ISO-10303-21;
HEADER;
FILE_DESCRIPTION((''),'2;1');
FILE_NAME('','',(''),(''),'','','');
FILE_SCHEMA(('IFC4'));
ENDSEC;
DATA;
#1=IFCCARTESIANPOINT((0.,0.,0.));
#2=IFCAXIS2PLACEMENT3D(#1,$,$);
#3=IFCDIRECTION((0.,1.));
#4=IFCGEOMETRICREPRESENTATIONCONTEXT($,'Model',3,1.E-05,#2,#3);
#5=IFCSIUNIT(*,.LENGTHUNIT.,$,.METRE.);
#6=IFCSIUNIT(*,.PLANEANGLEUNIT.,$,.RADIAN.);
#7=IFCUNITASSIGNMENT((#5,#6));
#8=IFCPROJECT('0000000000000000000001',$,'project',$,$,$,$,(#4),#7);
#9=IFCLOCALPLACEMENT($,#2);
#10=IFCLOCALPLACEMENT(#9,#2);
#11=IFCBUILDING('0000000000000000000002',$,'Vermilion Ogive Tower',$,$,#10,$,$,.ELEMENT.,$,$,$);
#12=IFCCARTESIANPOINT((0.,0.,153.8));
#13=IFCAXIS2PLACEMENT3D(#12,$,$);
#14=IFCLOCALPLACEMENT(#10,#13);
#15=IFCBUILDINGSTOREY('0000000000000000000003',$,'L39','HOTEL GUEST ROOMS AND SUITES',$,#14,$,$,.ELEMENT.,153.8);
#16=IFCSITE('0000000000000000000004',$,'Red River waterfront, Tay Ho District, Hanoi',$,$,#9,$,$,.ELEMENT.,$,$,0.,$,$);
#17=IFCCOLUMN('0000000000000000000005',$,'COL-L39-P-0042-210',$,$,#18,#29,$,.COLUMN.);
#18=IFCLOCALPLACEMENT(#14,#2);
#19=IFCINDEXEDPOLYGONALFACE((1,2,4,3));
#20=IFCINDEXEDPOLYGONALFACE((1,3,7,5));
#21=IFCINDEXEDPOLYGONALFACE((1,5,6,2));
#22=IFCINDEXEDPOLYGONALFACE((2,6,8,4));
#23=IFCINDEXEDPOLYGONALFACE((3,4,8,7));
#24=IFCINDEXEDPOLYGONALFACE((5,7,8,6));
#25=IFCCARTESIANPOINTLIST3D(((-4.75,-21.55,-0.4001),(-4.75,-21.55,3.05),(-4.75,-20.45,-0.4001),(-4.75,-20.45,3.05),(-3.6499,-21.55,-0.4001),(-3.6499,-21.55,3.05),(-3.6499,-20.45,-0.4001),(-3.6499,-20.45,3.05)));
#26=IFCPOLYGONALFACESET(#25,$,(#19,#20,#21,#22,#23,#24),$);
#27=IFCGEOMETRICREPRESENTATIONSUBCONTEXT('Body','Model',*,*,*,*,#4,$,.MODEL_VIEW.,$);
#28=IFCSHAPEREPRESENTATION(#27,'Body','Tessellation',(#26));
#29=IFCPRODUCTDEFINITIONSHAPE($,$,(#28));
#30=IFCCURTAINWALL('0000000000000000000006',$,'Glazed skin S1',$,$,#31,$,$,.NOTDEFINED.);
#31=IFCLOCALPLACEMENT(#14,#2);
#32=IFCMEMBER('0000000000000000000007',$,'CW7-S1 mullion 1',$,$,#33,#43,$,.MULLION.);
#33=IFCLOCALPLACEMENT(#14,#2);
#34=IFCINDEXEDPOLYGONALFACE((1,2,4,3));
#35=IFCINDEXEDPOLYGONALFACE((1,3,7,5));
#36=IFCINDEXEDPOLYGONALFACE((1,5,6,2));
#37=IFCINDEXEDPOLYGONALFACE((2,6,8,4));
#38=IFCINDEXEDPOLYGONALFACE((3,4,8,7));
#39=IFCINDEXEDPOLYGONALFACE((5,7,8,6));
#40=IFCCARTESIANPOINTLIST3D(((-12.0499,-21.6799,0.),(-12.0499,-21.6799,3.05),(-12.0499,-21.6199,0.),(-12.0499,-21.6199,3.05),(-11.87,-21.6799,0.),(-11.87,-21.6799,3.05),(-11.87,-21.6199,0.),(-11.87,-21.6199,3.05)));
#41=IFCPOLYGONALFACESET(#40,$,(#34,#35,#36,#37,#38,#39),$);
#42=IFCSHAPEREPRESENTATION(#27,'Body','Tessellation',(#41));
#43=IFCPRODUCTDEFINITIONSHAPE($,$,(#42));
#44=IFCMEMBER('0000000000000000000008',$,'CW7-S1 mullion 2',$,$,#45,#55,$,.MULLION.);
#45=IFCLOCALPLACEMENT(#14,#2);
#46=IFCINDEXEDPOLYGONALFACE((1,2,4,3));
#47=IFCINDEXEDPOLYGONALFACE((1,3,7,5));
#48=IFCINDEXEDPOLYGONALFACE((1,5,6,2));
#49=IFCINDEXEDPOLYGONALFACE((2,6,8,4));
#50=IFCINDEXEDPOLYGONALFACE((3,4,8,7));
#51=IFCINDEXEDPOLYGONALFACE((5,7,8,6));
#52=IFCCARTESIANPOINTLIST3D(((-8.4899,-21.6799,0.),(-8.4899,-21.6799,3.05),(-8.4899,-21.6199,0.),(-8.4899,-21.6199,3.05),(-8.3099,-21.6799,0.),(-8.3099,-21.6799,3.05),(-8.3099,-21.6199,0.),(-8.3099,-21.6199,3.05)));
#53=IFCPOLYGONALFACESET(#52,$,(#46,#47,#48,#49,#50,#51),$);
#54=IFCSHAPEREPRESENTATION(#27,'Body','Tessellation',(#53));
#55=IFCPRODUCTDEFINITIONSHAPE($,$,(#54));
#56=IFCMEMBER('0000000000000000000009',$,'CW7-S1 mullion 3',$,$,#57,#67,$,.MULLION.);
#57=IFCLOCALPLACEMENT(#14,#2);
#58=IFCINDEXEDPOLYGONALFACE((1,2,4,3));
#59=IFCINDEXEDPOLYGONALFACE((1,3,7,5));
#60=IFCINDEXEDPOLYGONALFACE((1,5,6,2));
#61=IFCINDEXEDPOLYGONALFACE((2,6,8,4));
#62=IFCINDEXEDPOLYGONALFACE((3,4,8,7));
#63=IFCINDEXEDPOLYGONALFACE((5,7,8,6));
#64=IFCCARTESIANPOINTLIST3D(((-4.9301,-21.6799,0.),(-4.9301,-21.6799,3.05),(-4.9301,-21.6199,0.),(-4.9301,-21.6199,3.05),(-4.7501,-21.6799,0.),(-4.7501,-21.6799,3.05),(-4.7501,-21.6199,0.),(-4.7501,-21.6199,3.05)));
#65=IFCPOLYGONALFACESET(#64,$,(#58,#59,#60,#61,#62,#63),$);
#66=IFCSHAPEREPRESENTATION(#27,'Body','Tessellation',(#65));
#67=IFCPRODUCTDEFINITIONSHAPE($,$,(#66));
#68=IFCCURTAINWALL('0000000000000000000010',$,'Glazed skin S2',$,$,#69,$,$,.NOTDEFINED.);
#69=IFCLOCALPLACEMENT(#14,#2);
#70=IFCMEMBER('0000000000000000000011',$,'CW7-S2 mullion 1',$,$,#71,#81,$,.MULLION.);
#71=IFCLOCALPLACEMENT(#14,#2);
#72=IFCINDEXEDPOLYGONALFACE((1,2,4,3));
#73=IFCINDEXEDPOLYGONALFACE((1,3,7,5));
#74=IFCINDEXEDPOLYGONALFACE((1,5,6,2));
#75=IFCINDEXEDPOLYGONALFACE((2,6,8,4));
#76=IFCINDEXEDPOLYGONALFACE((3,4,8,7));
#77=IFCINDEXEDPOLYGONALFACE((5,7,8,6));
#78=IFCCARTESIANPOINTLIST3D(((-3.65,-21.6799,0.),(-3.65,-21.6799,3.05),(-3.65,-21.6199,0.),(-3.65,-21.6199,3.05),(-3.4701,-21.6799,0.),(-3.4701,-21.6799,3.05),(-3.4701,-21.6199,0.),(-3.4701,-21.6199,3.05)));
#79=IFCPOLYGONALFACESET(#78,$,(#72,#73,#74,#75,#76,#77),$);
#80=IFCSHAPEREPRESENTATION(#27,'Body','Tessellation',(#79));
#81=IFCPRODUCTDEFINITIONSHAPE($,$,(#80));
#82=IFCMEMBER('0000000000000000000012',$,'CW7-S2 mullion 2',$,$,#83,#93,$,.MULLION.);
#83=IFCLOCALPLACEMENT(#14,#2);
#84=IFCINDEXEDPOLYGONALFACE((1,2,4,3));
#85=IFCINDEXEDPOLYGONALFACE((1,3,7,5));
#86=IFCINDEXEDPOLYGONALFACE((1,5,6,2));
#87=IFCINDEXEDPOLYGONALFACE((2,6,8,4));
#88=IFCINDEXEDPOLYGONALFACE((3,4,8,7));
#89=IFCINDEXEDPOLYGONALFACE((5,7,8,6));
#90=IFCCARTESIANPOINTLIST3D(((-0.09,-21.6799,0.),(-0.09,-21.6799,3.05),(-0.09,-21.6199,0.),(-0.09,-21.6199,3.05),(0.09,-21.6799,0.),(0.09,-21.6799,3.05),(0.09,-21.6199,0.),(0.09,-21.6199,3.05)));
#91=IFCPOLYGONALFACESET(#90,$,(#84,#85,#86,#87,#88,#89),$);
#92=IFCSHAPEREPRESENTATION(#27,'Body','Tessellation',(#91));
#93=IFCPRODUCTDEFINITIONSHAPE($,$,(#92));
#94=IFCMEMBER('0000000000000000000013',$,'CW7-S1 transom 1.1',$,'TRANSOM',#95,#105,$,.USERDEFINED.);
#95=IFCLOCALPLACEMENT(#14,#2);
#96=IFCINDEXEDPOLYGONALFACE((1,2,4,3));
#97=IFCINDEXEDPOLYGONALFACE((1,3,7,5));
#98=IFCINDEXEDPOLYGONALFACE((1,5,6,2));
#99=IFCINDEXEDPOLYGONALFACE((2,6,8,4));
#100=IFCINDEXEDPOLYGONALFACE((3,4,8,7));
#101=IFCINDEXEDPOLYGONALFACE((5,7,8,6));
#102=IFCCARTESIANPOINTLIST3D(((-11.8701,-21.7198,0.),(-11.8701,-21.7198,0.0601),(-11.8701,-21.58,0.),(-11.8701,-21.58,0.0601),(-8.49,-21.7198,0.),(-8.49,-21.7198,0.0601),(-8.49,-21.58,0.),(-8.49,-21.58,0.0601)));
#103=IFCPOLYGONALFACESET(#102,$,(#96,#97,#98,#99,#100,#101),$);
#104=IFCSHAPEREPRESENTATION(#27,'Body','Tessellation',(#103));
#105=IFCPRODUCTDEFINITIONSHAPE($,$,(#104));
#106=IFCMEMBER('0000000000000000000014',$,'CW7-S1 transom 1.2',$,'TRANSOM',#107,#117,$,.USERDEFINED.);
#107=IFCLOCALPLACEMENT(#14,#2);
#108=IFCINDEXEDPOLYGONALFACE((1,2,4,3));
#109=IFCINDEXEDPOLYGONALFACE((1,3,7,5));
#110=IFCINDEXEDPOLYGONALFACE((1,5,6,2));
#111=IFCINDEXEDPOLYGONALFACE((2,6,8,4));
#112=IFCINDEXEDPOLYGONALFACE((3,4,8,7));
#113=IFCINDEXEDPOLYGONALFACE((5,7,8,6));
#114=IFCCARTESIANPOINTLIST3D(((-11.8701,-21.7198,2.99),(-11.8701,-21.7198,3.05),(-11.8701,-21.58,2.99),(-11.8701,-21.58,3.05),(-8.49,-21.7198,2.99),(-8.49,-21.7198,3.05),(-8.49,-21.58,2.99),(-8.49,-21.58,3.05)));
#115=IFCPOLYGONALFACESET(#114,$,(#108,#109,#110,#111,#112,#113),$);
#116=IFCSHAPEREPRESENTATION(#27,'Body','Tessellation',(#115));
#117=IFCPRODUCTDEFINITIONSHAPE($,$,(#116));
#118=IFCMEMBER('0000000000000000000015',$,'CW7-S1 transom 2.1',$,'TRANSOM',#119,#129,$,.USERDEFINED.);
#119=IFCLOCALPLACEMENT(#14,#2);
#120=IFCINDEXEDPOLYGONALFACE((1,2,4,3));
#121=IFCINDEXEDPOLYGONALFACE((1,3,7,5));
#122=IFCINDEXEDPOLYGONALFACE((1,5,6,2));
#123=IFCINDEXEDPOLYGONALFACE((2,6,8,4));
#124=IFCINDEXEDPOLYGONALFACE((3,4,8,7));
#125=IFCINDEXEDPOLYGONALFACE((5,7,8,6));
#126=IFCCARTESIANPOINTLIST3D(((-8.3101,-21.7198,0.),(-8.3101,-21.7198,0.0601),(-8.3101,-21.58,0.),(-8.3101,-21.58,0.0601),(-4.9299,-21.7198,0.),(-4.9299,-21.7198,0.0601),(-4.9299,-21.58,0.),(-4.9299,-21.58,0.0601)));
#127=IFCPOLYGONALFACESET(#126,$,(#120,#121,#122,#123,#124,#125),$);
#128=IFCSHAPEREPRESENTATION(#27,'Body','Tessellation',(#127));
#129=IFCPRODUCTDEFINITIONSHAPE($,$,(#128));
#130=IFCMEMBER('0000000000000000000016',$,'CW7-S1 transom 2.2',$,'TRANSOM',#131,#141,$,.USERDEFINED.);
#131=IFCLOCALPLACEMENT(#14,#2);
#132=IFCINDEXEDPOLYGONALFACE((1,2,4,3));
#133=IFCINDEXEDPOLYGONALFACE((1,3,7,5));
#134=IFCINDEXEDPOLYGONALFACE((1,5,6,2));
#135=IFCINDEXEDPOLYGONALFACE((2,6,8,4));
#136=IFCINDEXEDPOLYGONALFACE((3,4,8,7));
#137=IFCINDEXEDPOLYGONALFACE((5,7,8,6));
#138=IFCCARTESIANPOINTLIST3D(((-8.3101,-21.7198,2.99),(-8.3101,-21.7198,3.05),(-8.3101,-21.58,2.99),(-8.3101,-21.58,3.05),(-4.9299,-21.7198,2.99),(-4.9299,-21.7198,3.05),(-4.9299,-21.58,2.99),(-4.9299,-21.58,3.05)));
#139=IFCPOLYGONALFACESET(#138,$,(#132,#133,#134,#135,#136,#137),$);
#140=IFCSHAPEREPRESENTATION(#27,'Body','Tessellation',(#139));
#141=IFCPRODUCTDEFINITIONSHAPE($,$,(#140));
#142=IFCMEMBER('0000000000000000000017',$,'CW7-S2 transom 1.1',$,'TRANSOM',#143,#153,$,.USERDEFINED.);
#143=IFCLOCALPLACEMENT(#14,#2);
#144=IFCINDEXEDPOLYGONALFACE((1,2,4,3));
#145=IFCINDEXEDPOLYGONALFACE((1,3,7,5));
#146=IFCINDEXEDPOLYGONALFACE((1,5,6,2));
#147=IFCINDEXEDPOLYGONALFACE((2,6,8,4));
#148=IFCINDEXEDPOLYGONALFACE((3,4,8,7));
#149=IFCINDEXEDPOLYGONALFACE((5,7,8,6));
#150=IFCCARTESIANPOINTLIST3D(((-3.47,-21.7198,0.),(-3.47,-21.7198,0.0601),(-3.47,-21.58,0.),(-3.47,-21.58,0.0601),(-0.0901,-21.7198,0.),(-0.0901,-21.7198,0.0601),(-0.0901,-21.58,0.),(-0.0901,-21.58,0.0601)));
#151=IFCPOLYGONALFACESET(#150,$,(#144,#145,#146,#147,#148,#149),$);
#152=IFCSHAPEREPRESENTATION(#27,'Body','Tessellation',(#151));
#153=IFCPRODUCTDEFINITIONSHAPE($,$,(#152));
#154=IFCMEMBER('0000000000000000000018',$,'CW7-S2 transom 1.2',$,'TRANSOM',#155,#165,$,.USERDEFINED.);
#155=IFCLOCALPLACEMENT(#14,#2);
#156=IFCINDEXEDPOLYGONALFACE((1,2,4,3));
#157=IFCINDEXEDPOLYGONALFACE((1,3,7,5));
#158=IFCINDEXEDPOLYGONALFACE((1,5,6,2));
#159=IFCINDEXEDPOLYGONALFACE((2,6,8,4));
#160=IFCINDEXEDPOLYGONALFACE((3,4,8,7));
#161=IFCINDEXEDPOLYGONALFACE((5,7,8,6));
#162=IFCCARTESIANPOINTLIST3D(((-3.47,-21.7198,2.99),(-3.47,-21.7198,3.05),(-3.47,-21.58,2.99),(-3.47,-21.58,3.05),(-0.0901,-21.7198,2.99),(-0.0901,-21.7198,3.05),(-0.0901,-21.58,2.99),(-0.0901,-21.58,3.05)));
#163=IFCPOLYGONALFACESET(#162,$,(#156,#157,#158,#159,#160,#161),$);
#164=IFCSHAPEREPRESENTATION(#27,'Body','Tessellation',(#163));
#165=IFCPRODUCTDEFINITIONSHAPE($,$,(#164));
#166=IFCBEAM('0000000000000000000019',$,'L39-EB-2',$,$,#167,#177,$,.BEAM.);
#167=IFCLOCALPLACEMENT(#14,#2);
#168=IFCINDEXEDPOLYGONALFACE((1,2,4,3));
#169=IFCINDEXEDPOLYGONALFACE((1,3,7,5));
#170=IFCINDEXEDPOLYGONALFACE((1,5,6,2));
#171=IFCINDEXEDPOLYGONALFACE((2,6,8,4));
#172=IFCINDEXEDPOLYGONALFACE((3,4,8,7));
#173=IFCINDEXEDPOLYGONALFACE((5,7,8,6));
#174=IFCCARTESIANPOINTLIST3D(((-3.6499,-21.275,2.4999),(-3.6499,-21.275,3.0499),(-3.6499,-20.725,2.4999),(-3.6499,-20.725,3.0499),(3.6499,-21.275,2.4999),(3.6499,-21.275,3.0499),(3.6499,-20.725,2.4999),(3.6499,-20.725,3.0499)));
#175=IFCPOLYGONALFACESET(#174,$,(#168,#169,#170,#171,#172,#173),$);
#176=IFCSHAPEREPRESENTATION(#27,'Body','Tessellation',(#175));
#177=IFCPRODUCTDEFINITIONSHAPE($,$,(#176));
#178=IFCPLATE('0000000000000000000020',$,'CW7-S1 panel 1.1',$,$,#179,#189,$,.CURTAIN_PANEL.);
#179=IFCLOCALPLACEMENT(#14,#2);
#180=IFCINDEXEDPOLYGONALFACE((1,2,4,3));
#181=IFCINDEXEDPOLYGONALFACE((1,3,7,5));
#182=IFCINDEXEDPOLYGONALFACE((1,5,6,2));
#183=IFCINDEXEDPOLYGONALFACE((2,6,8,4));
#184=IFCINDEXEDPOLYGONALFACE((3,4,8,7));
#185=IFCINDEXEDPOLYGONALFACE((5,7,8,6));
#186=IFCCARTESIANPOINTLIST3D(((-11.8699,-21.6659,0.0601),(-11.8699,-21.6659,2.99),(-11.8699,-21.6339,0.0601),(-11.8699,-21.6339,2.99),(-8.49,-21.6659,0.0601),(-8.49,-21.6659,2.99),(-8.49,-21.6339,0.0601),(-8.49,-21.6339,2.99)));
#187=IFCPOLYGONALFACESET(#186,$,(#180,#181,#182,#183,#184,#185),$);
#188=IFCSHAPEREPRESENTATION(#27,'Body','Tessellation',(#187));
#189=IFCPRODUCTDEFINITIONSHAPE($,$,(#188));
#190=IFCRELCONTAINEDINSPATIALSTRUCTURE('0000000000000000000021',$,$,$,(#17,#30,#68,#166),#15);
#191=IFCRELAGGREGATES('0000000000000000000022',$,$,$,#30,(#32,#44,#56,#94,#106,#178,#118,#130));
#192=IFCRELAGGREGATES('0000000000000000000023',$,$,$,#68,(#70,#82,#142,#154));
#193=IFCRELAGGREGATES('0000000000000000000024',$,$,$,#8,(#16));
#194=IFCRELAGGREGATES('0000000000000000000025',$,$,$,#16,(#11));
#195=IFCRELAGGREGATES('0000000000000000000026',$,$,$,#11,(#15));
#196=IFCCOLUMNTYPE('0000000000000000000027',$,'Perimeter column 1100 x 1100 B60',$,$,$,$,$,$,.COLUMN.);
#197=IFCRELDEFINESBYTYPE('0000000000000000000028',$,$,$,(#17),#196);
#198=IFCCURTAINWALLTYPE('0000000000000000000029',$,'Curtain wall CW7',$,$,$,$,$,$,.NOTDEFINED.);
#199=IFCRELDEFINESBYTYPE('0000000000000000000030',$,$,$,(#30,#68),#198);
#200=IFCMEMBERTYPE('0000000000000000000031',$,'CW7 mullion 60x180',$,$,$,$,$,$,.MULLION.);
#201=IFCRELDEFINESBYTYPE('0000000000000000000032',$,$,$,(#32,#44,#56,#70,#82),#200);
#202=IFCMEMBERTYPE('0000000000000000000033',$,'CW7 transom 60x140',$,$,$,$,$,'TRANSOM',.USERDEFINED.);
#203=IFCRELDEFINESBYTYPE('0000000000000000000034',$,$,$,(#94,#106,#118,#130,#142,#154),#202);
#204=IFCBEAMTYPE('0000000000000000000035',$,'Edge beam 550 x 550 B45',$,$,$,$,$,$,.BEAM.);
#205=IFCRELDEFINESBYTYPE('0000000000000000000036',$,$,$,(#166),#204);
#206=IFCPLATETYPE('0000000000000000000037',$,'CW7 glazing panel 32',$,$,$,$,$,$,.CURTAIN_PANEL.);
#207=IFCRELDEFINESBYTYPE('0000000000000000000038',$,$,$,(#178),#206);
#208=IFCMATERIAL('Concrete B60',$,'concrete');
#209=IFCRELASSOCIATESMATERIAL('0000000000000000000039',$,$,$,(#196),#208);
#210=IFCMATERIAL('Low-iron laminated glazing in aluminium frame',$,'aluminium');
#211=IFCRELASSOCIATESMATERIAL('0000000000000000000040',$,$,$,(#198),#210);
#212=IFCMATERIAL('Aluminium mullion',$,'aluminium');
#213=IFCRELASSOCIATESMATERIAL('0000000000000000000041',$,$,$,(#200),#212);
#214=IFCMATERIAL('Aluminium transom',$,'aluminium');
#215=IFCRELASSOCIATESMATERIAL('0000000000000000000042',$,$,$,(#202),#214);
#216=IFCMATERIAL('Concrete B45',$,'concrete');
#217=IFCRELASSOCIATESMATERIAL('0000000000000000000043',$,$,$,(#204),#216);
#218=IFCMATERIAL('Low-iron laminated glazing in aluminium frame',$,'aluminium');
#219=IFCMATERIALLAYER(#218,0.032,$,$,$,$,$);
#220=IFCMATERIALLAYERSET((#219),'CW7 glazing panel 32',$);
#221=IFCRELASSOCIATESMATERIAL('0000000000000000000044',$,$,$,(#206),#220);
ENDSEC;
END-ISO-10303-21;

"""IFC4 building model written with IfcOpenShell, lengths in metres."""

from ifc_helpers import new_model, si_unit, direction, frame, origin, origin_2d, place, context, subcontext, project, spatial, rectangle, extrude, material, layer, layer_set, material_profile, profile_set, type_object, element, aggregate, save


model = new_model("IFC4")

# Units and contexts
model_context = context("Model", 3, precision=1e-05, world=origin(), true_north=direction((0.0, 1.0)))
body_context = subcontext(model_context, "Body", "Model", "MODEL_VIEW")
ifc_project = project(units=[si_unit("LENGTHUNIT", "METRE"), si_unit("PLANEANGLEUNIT", "RADIAN")], contexts=[model_context])

# Site, building, storey
site_placement = place(None, origin())
site = spatial("IfcSite", under=ifc_project, at=site_placement, Name="Red River waterfront, Tay Ho District, Hanoi", CompositionType="ELEMENT", RefElevation=0.0)
building_placement = place(site_placement, origin())
building = spatial("IfcBuilding", under=site, at=building_placement, Name="Vermilion Ogive Tower", CompositionType="ELEMENT")
storey_placement = place(building_placement, frame((0.0, 0.0, 153.8)))
storey = spatial("IfcBuildingStorey", under=building, at=storey_placement, Name="L39", Description="HOTEL GUEST ROOMS AND SUITES", CompositionType="ELEMENT", Elevation=153.8)

# Column
ifc_material_1 = material(Name="Concrete B60", Category="concrete")
ifc_material_profile_1 = material_profile(ifc_material_1, rectangle(XDim=1.1001, YDim=1.1001, at=origin_2d()), Name="1100 x 1100")
ifc_profile_set_1 = profile_set([ifc_material_profile_1], Name="Concrete B60")
column_type = type_object("IfcColumnType", Name="Perimeter column 1100 x 1100 B60", PredefinedType="COLUMN", material=ifc_profile_set_1)
column_placement = place(storey_placement, frame((-4.2, -21.0, -0.4001), z_axis=(0.0, 0.0, 1.0), x_axis=(1.0, 0.0, 0.0)))
element("IfcColumn", 1, at=column_placement, inside=storey, type_object=column_type, Name="COL-L39-P-0042-210", PredefinedType="COLUMN", context=body_context, shape_type="SweptSolid", body=[
    extrude(rectangle(XDim=1.1001, YDim=1.1001, at=origin_2d()), origin(), (0.0, 0.0, 1.0), 3.4502),
])

# Curtain walls, members
ifc_material_2 = material(Name="Low-iron laminated glazing in aluminium frame", Category="aluminium")
curtain_wall_type = type_object("IfcCurtainWallType", Name="Curtain wall CW7", PredefinedType="NOTDEFINED", material=ifc_material_2)
curtain_wall_1_placement = place(storey_placement, origin())
curtain_wall_1 = element("IfcCurtainWall", 2, at=curtain_wall_1_placement, inside=storey, type_object=curtain_wall_type, Name="Glazed skin S1", PredefinedType="NOTDEFINED")
ifc_material_3 = material(Name="Aluminium mullion", Category="aluminium")
ifc_material_profile_2 = material_profile(ifc_material_3, rectangle(XDim=0.0601, YDim=0.1799, at=origin_2d()), Name="AL 60x180")
ifc_profile_set_2 = profile_set([ifc_material_profile_2], Name="Aluminium mullion")
member_type_1 = type_object("IfcMemberType", Name="CW7 mullion 60x180", PredefinedType="MULLION", material=ifc_profile_set_2)
member_1_placement = place(storey_placement, frame((-11.96, -21.6499, 0.0), z_axis=(0.0, 0.0, 1.0), x_axis=(0.0, 1.0, 0.0)))
member_1 = element("IfcMember", 3, at=member_1_placement, type_object=member_type_1, Name="CW7-S1 mullion 1", PredefinedType="MULLION", context=body_context, shape_type="SweptSolid", body=[
    extrude(rectangle(XDim=0.0601, YDim=0.1799, at=origin_2d()), origin(), (0.0, 0.0, 1.0), 3.05),
])
member_2_placement = place(storey_placement, frame((-8.3999, -21.6499, 0.0), z_axis=(0.0, 0.0, 1.0), x_axis=(0.0, 1.0, 0.0)))
member_2 = element("IfcMember", 4, at=member_2_placement, type_object=member_type_1, Name="CW7-S1 mullion 2", PredefinedType="MULLION", context=body_context, shape_type="SweptSolid", body=[
    extrude(rectangle(XDim=0.0601, YDim=0.1799, at=origin_2d()), origin(), (0.0, 0.0, 1.0), 3.05),
])
member_3_placement = place(storey_placement, frame((-4.8401, -21.6499, 0.0), z_axis=(0.0, 0.0, 1.0), x_axis=(0.0, 1.0, 0.0)))
member_3 = element("IfcMember", 5, at=member_3_placement, type_object=member_type_1, Name="CW7-S1 mullion 3", PredefinedType="MULLION", context=body_context, shape_type="SweptSolid", body=[
    extrude(rectangle(XDim=0.0601, YDim=0.1799, at=origin_2d()), origin(), (0.0, 0.0, 1.0), 3.05),
])
curtain_wall_2_placement = place(storey_placement, origin())
curtain_wall_2 = element("IfcCurtainWall", 6, at=curtain_wall_2_placement, inside=storey, type_object=curtain_wall_type, Name="Glazed skin S2", PredefinedType="NOTDEFINED")
member_4_placement = place(storey_placement, frame((-3.5601, -21.6499, 0.0), z_axis=(0.0, 0.0, 1.0), x_axis=(0.0, 1.0, 0.0)))
member_4 = element("IfcMember", 7, at=member_4_placement, type_object=member_type_1, Name="CW7-S2 mullion 1", PredefinedType="MULLION", context=body_context, shape_type="SweptSolid", body=[
    extrude(rectangle(XDim=0.0601, YDim=0.1799, at=origin_2d()), origin(), (0.0, 0.0, 1.0), 3.05),
])
member_5_placement = place(storey_placement, frame((0.0, -21.6499, 0.0), z_axis=(0.0, 0.0, 1.0), x_axis=(0.0, 1.0, 0.0)))
member_5 = element("IfcMember", 8, at=member_5_placement, type_object=member_type_1, Name="CW7-S2 mullion 2", PredefinedType="MULLION", context=body_context, shape_type="SweptSolid", body=[
    extrude(rectangle(XDim=0.0601, YDim=0.1799, at=origin_2d()), origin(), (0.0, 0.0, 1.0), 3.05),
])

# Members
ifc_material_4 = material(Name="Aluminium transom", Category="aluminium")
ifc_material_profile_3 = material_profile(ifc_material_4, rectangle(XDim=0.1399, YDim=0.0601, at=origin_2d()), Name="AL 60x140")
ifc_profile_set_3 = profile_set([ifc_material_profile_3], Name="Aluminium transom")
member_type_2 = type_object("IfcMemberType", Name="CW7 transom 60x140", ElementType="TRANSOM", PredefinedType="USERDEFINED", material=ifc_profile_set_3)
member_6_placement = place(storey_placement, frame((-11.8701, -21.6499, 0.03), z_axis=(1.0, 0.0, 0.0), x_axis=(0.0, 1.0, 0.0)))
member_6 = element("IfcMember", 9, at=member_6_placement, type_object=member_type_2, Name="CW7-S1 transom 1.1", ObjectType="TRANSOM", PredefinedType="USERDEFINED", context=body_context, shape_type="SweptSolid", body=[
    extrude(rectangle(XDim=0.1399, YDim=0.0601, at=origin_2d()), origin(), (0.0, 0.0, 1.0), 3.3801),
])
member_7_placement = place(storey_placement, frame((-11.8701, -21.6499, 3.02), z_axis=(1.0, 0.0, 0.0), x_axis=(0.0, 1.0, 0.0)))
member_7 = element("IfcMember", 10, at=member_7_placement, type_object=member_type_2, Name="CW7-S1 transom 1.2", ObjectType="TRANSOM", PredefinedType="USERDEFINED", context=body_context, shape_type="SweptSolid", body=[
    extrude(rectangle(XDim=0.1399, YDim=0.0601, at=origin_2d()), origin(), (0.0, 0.0, 1.0), 3.3801),
])
member_8_placement = place(storey_placement, frame((-8.3101, -21.6499, 0.03), z_axis=(1.0, 0.0, 0.0), x_axis=(0.0, 1.0, 0.0)))
member_8 = element("IfcMember", 11, at=member_8_placement, type_object=member_type_2, Name="CW7-S1 transom 2.1", ObjectType="TRANSOM", PredefinedType="USERDEFINED", context=body_context, shape_type="SweptSolid", body=[
    extrude(rectangle(XDim=0.1399, YDim=0.0601, at=origin_2d()), origin(), (0.0, 0.0, 1.0), 3.3801),
])
member_9_placement = place(storey_placement, frame((-8.3101, -21.6499, 3.02), z_axis=(1.0, 0.0, 0.0), x_axis=(0.0, 1.0, 0.0)))
member_9 = element("IfcMember", 12, at=member_9_placement, type_object=member_type_2, Name="CW7-S1 transom 2.2", ObjectType="TRANSOM", PredefinedType="USERDEFINED", context=body_context, shape_type="SweptSolid", body=[
    extrude(rectangle(XDim=0.1399, YDim=0.0601, at=origin_2d()), origin(), (0.0, 0.0, 1.0), 3.3801),
])
member_10_placement = place(storey_placement, frame((-3.47, -21.6499, 0.03), z_axis=(1.0, 0.0, 0.0), x_axis=(0.0, 1.0, 0.0)))
member_10 = element("IfcMember", 13, at=member_10_placement, type_object=member_type_2, Name="CW7-S2 transom 1.1", ObjectType="TRANSOM", PredefinedType="USERDEFINED", context=body_context, shape_type="SweptSolid", body=[
    extrude(rectangle(XDim=0.1399, YDim=0.0601, at=origin_2d()), origin(), (0.0, 0.0, 1.0), 3.3799),
])
member_11_placement = place(storey_placement, frame((-3.47, -21.6499, 3.02), z_axis=(1.0, 0.0, 0.0), x_axis=(0.0, 1.0, 0.0)))
member_11 = element("IfcMember", 14, at=member_11_placement, type_object=member_type_2, Name="CW7-S2 transom 1.2", ObjectType="TRANSOM", PredefinedType="USERDEFINED", context=body_context, shape_type="SweptSolid", body=[
    extrude(rectangle(XDim=0.1399, YDim=0.0601, at=origin_2d()), origin(), (0.0, 0.0, 1.0), 3.3799),
])

# Beam
ifc_material_5 = material(Name="Concrete B45", Category="concrete")
ifc_material_profile_4 = material_profile(ifc_material_5, rectangle(XDim=0.55, YDim=0.55, at=origin_2d()), Name="550 x 550")
ifc_profile_set_4 = profile_set([ifc_material_profile_4], Name="Concrete B45")
beam_type = type_object("IfcBeamType", Name="Edge beam 550 x 550 B45", PredefinedType="BEAM", material=ifc_profile_set_4)
beam_placement = place(storey_placement, frame((-3.6499, -21.0, 2.7749), z_axis=(1.0, 0.0, 0.0), x_axis=(0.0, 1.0, 0.0)))
element("IfcBeam", 15, at=beam_placement, inside=storey, type_object=beam_type, Name="L39-EB-2", PredefinedType="BEAM", context=body_context, shape_type="SweptSolid", body=[
    extrude(rectangle(XDim=0.55, YDim=0.55, at=origin_2d()), origin(), (0.0, 0.0, 1.0), 7.2998),
])

# Plate
ifc_material_6 = material(Name="Low-iron laminated glazing in aluminium frame", Category="aluminium")
ifc_layer_1 = layer(ifc_material_6, 0.032)
ifc_layer_set_1 = layer_set([ifc_layer_1], Name="CW7 glazing panel 32")
plate_type = type_object("IfcPlateType", Name="CW7 glazing panel 32", PredefinedType="CURTAIN_PANEL", material=ifc_layer_set_1)
plate_1_placement = place(storey_placement, frame((-10.1799, -21.6499, 0.0601), z_axis=(0.0, 0.0, 1.0), x_axis=(1.0, 0.0, 0.0)))
plate_1 = element("IfcPlate", 16, at=plate_1_placement, type_object=plate_type, Name="CW7-S1 panel 1.1", PredefinedType="CURTAIN_PANEL", context=body_context, shape_type="SweptSolid", body=[
    extrude(rectangle(XDim=3.3799, YDim=0.032, at=origin_2d()), origin(), (0.0, 0.0, 1.0), 2.9299),
])
aggregate(curtain_wall_1, [member_1, member_2, member_3, member_6, member_7, plate_1, member_8, member_9])
aggregate(curtain_wall_2, [member_4, member_5, member_10, member_11])

save(model, "model.ifc")
